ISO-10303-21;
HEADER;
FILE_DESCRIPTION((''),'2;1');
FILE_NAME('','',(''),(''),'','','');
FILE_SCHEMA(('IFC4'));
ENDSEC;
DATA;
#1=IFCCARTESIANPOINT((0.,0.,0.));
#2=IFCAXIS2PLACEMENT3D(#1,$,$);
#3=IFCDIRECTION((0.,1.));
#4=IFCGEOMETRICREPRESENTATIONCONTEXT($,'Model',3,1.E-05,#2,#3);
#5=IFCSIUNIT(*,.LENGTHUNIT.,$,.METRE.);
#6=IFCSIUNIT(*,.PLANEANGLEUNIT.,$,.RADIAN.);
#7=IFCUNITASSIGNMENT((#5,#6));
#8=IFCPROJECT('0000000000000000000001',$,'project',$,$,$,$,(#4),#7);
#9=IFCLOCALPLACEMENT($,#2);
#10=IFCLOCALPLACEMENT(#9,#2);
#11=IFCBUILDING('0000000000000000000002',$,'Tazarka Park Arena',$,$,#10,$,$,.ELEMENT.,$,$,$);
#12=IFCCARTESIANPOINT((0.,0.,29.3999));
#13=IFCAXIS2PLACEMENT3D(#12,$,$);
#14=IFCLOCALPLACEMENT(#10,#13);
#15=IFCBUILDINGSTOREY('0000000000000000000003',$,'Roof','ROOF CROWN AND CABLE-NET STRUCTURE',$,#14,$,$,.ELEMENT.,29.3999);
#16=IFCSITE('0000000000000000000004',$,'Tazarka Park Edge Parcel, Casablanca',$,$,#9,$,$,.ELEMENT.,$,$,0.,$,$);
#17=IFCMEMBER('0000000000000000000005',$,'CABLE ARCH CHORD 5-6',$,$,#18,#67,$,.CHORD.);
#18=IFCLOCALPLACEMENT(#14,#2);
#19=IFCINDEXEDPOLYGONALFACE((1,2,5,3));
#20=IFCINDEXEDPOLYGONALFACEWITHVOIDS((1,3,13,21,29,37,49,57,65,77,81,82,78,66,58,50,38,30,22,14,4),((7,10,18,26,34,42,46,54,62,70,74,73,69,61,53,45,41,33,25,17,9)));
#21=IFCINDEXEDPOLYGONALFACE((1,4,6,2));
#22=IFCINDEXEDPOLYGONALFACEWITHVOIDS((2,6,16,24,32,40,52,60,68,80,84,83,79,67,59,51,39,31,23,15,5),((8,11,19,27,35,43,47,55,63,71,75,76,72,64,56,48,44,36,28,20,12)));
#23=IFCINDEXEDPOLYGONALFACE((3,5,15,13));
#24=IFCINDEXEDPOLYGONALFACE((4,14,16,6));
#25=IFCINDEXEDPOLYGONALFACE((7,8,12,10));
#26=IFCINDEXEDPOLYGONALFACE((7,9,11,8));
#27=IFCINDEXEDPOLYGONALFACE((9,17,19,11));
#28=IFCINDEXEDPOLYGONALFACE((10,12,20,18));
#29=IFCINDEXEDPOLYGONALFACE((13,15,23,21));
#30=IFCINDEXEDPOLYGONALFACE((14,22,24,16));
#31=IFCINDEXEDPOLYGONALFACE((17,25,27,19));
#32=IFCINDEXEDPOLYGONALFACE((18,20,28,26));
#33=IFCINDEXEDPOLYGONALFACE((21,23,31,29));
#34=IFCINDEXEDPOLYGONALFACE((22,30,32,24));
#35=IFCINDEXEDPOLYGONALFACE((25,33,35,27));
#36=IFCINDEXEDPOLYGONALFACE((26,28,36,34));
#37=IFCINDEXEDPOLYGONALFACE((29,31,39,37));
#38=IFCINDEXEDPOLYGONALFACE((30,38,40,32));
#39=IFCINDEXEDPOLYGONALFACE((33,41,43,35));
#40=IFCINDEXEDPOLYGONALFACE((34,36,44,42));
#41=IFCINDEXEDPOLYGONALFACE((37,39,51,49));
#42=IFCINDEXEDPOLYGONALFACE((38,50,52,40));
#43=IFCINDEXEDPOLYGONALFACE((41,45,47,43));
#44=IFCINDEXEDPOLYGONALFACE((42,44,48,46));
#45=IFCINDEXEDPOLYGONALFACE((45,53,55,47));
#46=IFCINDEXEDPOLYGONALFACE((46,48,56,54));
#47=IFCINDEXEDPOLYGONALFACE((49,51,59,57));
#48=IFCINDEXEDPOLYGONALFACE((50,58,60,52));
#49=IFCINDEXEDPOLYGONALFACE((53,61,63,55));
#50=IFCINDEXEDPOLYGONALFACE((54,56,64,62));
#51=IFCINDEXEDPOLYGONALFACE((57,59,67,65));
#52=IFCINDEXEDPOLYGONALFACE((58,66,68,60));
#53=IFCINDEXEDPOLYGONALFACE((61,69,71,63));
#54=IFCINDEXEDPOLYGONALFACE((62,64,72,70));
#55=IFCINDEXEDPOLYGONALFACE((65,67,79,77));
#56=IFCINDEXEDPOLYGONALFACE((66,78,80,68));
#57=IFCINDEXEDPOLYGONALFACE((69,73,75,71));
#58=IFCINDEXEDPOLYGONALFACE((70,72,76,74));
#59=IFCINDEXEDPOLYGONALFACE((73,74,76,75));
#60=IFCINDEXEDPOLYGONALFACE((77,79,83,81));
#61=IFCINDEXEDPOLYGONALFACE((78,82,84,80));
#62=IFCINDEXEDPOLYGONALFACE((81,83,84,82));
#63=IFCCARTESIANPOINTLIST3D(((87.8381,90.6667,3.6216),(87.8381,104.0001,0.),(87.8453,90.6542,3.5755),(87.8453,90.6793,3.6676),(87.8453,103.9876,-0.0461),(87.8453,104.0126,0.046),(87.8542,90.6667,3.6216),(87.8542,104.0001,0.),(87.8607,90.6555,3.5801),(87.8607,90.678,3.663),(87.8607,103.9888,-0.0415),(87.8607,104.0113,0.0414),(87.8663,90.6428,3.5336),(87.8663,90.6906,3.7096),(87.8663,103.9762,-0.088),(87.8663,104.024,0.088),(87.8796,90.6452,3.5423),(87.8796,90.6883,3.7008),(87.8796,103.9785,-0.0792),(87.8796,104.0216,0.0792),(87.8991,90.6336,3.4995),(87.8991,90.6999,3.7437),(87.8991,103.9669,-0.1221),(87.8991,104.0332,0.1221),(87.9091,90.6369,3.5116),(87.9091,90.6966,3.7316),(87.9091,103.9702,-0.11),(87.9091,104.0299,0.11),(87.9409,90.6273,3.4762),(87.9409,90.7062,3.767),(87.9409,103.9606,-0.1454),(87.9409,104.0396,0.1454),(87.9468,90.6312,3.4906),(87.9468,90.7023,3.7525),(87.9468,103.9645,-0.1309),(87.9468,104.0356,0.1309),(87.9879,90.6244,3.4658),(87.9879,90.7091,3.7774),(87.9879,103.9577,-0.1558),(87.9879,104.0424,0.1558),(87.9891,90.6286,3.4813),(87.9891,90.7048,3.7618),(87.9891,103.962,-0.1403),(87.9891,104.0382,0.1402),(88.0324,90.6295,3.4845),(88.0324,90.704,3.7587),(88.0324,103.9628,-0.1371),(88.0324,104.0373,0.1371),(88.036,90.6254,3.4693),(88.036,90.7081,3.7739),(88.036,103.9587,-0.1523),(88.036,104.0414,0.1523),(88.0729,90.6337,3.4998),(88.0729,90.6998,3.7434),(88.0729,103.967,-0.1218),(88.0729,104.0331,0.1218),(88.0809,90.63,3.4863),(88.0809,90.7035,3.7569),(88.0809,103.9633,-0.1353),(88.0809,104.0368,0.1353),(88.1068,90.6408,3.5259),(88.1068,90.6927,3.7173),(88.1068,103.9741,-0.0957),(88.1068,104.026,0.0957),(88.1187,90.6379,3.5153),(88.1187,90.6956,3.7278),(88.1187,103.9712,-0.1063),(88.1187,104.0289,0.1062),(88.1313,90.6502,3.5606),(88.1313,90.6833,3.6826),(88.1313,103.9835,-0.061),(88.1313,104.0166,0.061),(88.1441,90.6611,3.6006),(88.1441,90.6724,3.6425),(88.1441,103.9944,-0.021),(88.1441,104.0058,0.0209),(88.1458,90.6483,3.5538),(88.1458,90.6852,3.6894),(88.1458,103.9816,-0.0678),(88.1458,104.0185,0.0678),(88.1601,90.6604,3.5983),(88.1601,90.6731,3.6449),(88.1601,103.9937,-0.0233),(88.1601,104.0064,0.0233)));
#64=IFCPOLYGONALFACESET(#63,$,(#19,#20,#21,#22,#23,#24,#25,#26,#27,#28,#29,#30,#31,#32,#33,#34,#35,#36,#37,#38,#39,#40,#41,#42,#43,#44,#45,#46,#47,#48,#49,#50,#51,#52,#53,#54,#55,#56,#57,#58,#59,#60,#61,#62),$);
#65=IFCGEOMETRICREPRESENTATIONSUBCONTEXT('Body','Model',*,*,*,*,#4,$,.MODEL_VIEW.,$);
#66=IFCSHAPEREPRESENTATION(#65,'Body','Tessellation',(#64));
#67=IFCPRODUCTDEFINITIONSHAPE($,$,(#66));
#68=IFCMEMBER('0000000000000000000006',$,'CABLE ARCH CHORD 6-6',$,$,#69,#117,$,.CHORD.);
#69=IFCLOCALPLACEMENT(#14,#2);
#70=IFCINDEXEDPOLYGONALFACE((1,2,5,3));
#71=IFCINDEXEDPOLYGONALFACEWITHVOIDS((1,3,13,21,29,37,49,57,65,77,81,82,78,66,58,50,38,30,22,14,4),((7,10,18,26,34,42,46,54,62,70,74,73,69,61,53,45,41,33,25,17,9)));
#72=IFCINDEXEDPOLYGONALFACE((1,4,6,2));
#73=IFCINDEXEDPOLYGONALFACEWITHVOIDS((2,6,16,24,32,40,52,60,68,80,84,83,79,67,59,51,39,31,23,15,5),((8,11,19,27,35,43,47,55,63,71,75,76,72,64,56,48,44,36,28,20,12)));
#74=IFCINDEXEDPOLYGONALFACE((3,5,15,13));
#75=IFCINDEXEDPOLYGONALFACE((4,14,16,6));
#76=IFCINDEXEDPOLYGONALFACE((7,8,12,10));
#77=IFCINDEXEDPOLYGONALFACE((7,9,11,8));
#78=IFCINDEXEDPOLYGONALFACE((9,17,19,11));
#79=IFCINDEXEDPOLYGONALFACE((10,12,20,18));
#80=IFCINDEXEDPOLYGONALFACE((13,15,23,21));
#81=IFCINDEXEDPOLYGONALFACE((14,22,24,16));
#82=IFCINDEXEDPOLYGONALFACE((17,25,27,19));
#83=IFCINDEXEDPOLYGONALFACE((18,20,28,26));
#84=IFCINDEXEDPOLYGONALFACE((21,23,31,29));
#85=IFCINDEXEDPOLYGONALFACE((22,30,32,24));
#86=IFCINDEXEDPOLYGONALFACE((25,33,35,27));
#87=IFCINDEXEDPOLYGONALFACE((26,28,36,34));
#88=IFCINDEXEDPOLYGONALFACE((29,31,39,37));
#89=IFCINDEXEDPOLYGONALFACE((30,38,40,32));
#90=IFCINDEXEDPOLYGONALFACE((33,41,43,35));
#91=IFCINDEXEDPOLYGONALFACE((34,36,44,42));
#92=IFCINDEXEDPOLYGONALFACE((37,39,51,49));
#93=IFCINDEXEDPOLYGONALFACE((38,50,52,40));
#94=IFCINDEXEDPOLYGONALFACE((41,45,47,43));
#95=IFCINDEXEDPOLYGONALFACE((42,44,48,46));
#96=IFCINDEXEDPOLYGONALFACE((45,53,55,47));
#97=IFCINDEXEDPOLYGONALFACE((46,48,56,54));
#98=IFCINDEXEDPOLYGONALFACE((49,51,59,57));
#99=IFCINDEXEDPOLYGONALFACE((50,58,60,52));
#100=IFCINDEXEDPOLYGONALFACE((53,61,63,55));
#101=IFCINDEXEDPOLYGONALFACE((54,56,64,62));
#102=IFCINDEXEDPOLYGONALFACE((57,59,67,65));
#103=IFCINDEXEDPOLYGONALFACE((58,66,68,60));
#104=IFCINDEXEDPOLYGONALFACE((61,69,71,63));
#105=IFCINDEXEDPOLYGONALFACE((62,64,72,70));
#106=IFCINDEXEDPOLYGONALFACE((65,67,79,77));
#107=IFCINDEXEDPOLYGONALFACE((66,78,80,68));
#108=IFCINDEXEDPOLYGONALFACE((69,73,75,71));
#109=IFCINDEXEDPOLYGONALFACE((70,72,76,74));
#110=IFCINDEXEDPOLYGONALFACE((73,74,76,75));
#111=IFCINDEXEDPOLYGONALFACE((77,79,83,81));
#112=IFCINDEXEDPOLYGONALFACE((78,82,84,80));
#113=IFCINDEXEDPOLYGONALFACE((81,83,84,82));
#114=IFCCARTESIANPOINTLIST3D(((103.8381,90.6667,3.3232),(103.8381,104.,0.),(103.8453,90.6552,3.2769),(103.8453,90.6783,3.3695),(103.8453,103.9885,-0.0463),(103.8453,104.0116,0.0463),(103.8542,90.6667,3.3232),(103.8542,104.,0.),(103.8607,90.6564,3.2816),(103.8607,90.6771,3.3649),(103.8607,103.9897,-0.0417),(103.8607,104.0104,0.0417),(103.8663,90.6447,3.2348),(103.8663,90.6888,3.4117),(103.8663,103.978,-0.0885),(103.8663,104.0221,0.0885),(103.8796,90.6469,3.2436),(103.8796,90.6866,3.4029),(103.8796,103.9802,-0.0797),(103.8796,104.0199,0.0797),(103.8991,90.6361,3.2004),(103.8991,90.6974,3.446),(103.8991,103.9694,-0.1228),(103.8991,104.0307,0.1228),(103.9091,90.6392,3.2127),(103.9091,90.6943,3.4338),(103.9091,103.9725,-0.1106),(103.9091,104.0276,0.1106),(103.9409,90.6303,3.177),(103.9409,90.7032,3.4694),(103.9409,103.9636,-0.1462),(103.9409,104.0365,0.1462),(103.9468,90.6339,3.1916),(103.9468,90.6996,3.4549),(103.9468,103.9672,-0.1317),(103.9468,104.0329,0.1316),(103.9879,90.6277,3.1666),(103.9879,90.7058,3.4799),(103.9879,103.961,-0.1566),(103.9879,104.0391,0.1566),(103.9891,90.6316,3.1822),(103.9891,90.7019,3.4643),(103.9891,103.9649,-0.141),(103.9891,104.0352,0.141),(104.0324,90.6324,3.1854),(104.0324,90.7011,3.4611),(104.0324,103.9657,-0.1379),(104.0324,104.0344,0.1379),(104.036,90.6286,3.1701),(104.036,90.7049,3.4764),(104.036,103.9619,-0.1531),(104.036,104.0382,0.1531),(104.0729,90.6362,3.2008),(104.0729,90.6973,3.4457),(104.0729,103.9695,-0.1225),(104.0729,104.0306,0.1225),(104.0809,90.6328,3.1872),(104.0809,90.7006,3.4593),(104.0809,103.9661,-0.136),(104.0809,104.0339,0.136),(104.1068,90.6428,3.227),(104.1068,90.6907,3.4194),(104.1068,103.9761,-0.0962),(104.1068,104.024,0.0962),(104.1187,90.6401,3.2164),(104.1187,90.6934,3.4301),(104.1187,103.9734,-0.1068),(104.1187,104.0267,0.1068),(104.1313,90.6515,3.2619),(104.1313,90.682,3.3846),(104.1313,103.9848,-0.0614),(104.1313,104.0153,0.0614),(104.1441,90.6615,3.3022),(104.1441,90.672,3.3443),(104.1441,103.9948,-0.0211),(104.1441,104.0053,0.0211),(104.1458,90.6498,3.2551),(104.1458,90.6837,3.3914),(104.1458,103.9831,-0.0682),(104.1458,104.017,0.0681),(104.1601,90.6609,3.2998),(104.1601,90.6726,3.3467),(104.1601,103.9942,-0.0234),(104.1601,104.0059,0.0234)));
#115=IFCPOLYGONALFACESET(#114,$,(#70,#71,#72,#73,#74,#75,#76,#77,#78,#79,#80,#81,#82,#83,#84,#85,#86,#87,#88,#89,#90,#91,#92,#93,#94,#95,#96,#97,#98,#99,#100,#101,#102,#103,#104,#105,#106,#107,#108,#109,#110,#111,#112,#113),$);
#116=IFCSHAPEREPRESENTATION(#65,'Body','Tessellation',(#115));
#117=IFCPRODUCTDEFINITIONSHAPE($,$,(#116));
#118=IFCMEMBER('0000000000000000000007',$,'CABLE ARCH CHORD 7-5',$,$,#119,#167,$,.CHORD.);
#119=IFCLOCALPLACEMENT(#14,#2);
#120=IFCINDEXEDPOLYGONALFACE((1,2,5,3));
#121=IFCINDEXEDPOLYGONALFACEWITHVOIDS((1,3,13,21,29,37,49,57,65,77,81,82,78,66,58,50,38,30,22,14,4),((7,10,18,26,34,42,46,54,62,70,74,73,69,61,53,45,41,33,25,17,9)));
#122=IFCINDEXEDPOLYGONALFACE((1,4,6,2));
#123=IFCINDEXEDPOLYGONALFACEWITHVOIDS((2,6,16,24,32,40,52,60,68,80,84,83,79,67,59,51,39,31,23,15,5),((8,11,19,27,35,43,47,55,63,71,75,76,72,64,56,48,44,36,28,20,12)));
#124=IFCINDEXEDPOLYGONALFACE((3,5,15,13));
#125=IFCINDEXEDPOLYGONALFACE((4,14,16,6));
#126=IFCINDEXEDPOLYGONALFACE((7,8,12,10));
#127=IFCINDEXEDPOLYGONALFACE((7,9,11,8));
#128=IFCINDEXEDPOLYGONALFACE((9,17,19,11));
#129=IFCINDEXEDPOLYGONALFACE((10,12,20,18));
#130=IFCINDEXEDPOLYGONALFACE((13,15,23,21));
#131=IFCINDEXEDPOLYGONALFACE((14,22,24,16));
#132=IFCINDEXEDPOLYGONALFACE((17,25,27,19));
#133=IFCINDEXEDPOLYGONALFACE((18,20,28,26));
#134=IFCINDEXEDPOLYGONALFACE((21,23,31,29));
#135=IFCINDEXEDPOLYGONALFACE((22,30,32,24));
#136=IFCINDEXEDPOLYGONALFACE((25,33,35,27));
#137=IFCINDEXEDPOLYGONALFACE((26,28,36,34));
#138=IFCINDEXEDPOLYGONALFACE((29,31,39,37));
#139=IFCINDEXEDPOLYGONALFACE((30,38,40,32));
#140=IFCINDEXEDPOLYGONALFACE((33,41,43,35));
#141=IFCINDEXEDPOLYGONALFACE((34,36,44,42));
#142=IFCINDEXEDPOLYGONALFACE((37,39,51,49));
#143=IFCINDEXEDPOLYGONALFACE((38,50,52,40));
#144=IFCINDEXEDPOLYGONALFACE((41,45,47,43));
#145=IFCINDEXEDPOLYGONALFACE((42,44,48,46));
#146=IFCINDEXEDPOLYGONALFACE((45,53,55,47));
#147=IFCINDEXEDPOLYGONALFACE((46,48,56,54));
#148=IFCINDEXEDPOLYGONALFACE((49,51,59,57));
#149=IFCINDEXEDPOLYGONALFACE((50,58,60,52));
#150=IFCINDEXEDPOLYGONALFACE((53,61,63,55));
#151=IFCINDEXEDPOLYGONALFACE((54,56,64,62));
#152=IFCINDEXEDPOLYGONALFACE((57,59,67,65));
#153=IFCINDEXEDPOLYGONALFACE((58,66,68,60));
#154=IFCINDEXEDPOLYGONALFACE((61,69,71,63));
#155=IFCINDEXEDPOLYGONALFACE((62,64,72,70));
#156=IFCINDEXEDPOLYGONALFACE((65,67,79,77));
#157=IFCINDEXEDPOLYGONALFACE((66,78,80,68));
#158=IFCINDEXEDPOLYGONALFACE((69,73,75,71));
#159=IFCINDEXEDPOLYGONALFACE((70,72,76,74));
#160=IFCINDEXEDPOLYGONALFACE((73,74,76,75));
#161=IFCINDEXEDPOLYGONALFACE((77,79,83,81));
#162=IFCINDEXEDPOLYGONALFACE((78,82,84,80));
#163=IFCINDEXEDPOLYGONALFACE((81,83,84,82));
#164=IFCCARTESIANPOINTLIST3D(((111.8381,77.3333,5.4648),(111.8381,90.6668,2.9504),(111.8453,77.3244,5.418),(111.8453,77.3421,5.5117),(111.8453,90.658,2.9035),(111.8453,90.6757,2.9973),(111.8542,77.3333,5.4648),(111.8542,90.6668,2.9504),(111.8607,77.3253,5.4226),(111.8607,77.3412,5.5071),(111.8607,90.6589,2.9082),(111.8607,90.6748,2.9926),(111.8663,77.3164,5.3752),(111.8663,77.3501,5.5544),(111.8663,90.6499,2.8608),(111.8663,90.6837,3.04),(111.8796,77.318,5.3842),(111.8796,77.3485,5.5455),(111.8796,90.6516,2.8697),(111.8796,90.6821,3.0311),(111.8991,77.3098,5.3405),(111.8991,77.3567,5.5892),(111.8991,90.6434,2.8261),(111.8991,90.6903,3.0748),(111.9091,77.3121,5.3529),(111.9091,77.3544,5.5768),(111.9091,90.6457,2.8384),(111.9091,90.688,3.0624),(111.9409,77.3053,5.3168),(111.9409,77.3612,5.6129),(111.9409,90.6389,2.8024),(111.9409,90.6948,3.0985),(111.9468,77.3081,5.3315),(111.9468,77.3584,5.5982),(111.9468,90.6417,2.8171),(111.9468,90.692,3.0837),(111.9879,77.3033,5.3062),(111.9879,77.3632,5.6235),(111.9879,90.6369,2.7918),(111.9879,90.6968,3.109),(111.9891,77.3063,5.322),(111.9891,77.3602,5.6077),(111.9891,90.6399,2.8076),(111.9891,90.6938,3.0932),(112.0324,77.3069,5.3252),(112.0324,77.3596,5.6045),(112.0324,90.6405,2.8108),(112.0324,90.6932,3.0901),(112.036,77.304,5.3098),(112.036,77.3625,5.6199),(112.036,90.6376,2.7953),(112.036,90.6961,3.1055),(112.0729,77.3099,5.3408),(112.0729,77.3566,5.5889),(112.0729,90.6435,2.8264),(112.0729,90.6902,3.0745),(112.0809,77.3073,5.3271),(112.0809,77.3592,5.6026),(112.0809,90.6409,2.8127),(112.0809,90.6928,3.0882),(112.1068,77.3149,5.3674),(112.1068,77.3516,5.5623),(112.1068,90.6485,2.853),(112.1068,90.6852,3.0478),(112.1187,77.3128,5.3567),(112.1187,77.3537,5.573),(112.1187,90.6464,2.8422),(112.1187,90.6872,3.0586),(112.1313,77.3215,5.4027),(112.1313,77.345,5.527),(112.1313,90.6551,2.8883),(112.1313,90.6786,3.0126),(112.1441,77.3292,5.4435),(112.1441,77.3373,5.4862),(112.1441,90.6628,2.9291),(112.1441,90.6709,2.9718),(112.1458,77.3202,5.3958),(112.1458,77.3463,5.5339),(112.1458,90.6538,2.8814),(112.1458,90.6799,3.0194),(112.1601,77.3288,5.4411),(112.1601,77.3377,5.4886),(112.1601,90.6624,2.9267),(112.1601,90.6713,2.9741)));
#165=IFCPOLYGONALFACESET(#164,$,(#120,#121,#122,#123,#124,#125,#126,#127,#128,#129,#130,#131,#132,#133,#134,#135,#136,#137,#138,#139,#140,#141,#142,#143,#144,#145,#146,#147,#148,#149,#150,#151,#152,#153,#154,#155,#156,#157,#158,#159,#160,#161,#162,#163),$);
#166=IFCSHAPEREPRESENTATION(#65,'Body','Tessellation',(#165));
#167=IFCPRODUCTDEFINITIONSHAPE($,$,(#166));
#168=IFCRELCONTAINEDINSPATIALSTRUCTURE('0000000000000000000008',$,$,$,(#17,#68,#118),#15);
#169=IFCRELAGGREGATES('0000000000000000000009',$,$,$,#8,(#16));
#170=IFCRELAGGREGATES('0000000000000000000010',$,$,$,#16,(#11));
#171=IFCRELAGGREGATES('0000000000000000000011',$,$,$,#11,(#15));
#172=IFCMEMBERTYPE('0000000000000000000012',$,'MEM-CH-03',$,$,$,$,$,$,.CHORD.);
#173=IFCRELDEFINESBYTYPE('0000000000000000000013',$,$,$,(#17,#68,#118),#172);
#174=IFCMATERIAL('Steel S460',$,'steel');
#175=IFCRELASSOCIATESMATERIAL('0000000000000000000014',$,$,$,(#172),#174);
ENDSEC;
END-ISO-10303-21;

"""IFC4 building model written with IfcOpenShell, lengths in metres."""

from ifc_helpers import new_model, si_unit, direction, frame, origin, origin_2d, place, context, subcontext, project, spatial, hollow_circle, extrude, material, material_profile, profile_set, type_object, element, save


model = new_model("IFC4")

# Units and contexts
model_context = context("Model", 3, precision=1e-05, world=origin(), true_north=direction((0.0, 1.0)))
body_context = subcontext(model_context, "Body", "Model", "MODEL_VIEW")
ifc_project = project(units=[si_unit("LENGTHUNIT", "METRE"), si_unit("PLANEANGLEUNIT", "RADIAN")], contexts=[model_context])

# Site, building, storey
site_placement = place(None, origin())
site = spatial("IfcSite", under=ifc_project, at=site_placement, Name="Tazarka Park Edge Parcel, Casablanca", CompositionType="ELEMENT", RefElevation=0.0)
building_placement = place(site_placement, origin())
building = spatial("IfcBuilding", under=site, at=building_placement, Name="Tazarka Park Arena", CompositionType="ELEMENT")
storey_placement = place(building_placement, frame((0.0, 0.0, 29.3999)))
storey = spatial("IfcBuildingStorey", under=building, at=storey_placement, Name="Roof", Description="ROOF CROWN AND CABLE-NET STRUCTURE", CompositionType="ELEMENT", Elevation=29.3999)

# Members
ifc_material_1 = material(Name="Steel S460", Category="steel")
ifc_material_profile_1 = material_profile(ifc_material_1, hollow_circle(Radius=0.1619, WallThickness=0.0161, at=origin_2d()), Name="Steel S460")
ifc_profile_set_1 = profile_set([ifc_material_profile_1], Name="Steel S460")
member_type_1 = type_object("IfcMemberType", Name="MEM-CH-03", PredefinedType="CHORD", material=ifc_profile_set_1)
member_1_placement = place(storey_placement, frame((88.0, 90.6667, 3.6216), z_axis=(0.0, 0.965034, -0.262123), x_axis=(-1.0, 0.0, 0.0)))
element("IfcMember", 1, at=member_1_placement, inside=storey, type_object=member_type_1, Name="CABLE ARCH CHORD 5-6", PredefinedType="CHORD", context=body_context, shape_type="SweptSolid", body=[
    extrude(hollow_circle(Radius=0.1619, WallThickness=0.0161, at=origin_2d()), origin(), (0.0, 0.0, 1.0), 13.8164),
])
member_2_placement = place(storey_placement, frame((104.0, 90.6667, 3.3232), z_axis=(0.0, 0.970315, -0.241846), x_axis=(-1.0, 0.0, 0.0)))
element("IfcMember", 2, at=member_2_placement, inside=storey, type_object=member_type_1, Name="CABLE ARCH CHORD 6-6", PredefinedType="CHORD", context=body_context, shape_type="SweptSolid", body=[
    extrude(hollow_circle(Radius=0.1619, WallThickness=0.0161, at=origin_2d()), origin(), (0.0, 0.0, 1.0), 13.7412),
])
member_3_placement = place(storey_placement, frame((112.0, 77.3333, 5.4648), z_axis=(0.0, 0.98268, -0.185312), x_axis=(-1.0, 0.0, 0.0)))
element("IfcMember", 3, at=member_3_placement, inside=storey, type_object=member_type_1, Name="CABLE ARCH CHORD 7-5", PredefinedType="CHORD", context=body_context, shape_type="SweptSolid", body=[
    extrude(hollow_circle(Radius=0.1619, WallThickness=0.0161, at=origin_2d()), origin(), (0.0, 0.0, 1.0), 13.5686),
])

save(model, "model.ifc")
